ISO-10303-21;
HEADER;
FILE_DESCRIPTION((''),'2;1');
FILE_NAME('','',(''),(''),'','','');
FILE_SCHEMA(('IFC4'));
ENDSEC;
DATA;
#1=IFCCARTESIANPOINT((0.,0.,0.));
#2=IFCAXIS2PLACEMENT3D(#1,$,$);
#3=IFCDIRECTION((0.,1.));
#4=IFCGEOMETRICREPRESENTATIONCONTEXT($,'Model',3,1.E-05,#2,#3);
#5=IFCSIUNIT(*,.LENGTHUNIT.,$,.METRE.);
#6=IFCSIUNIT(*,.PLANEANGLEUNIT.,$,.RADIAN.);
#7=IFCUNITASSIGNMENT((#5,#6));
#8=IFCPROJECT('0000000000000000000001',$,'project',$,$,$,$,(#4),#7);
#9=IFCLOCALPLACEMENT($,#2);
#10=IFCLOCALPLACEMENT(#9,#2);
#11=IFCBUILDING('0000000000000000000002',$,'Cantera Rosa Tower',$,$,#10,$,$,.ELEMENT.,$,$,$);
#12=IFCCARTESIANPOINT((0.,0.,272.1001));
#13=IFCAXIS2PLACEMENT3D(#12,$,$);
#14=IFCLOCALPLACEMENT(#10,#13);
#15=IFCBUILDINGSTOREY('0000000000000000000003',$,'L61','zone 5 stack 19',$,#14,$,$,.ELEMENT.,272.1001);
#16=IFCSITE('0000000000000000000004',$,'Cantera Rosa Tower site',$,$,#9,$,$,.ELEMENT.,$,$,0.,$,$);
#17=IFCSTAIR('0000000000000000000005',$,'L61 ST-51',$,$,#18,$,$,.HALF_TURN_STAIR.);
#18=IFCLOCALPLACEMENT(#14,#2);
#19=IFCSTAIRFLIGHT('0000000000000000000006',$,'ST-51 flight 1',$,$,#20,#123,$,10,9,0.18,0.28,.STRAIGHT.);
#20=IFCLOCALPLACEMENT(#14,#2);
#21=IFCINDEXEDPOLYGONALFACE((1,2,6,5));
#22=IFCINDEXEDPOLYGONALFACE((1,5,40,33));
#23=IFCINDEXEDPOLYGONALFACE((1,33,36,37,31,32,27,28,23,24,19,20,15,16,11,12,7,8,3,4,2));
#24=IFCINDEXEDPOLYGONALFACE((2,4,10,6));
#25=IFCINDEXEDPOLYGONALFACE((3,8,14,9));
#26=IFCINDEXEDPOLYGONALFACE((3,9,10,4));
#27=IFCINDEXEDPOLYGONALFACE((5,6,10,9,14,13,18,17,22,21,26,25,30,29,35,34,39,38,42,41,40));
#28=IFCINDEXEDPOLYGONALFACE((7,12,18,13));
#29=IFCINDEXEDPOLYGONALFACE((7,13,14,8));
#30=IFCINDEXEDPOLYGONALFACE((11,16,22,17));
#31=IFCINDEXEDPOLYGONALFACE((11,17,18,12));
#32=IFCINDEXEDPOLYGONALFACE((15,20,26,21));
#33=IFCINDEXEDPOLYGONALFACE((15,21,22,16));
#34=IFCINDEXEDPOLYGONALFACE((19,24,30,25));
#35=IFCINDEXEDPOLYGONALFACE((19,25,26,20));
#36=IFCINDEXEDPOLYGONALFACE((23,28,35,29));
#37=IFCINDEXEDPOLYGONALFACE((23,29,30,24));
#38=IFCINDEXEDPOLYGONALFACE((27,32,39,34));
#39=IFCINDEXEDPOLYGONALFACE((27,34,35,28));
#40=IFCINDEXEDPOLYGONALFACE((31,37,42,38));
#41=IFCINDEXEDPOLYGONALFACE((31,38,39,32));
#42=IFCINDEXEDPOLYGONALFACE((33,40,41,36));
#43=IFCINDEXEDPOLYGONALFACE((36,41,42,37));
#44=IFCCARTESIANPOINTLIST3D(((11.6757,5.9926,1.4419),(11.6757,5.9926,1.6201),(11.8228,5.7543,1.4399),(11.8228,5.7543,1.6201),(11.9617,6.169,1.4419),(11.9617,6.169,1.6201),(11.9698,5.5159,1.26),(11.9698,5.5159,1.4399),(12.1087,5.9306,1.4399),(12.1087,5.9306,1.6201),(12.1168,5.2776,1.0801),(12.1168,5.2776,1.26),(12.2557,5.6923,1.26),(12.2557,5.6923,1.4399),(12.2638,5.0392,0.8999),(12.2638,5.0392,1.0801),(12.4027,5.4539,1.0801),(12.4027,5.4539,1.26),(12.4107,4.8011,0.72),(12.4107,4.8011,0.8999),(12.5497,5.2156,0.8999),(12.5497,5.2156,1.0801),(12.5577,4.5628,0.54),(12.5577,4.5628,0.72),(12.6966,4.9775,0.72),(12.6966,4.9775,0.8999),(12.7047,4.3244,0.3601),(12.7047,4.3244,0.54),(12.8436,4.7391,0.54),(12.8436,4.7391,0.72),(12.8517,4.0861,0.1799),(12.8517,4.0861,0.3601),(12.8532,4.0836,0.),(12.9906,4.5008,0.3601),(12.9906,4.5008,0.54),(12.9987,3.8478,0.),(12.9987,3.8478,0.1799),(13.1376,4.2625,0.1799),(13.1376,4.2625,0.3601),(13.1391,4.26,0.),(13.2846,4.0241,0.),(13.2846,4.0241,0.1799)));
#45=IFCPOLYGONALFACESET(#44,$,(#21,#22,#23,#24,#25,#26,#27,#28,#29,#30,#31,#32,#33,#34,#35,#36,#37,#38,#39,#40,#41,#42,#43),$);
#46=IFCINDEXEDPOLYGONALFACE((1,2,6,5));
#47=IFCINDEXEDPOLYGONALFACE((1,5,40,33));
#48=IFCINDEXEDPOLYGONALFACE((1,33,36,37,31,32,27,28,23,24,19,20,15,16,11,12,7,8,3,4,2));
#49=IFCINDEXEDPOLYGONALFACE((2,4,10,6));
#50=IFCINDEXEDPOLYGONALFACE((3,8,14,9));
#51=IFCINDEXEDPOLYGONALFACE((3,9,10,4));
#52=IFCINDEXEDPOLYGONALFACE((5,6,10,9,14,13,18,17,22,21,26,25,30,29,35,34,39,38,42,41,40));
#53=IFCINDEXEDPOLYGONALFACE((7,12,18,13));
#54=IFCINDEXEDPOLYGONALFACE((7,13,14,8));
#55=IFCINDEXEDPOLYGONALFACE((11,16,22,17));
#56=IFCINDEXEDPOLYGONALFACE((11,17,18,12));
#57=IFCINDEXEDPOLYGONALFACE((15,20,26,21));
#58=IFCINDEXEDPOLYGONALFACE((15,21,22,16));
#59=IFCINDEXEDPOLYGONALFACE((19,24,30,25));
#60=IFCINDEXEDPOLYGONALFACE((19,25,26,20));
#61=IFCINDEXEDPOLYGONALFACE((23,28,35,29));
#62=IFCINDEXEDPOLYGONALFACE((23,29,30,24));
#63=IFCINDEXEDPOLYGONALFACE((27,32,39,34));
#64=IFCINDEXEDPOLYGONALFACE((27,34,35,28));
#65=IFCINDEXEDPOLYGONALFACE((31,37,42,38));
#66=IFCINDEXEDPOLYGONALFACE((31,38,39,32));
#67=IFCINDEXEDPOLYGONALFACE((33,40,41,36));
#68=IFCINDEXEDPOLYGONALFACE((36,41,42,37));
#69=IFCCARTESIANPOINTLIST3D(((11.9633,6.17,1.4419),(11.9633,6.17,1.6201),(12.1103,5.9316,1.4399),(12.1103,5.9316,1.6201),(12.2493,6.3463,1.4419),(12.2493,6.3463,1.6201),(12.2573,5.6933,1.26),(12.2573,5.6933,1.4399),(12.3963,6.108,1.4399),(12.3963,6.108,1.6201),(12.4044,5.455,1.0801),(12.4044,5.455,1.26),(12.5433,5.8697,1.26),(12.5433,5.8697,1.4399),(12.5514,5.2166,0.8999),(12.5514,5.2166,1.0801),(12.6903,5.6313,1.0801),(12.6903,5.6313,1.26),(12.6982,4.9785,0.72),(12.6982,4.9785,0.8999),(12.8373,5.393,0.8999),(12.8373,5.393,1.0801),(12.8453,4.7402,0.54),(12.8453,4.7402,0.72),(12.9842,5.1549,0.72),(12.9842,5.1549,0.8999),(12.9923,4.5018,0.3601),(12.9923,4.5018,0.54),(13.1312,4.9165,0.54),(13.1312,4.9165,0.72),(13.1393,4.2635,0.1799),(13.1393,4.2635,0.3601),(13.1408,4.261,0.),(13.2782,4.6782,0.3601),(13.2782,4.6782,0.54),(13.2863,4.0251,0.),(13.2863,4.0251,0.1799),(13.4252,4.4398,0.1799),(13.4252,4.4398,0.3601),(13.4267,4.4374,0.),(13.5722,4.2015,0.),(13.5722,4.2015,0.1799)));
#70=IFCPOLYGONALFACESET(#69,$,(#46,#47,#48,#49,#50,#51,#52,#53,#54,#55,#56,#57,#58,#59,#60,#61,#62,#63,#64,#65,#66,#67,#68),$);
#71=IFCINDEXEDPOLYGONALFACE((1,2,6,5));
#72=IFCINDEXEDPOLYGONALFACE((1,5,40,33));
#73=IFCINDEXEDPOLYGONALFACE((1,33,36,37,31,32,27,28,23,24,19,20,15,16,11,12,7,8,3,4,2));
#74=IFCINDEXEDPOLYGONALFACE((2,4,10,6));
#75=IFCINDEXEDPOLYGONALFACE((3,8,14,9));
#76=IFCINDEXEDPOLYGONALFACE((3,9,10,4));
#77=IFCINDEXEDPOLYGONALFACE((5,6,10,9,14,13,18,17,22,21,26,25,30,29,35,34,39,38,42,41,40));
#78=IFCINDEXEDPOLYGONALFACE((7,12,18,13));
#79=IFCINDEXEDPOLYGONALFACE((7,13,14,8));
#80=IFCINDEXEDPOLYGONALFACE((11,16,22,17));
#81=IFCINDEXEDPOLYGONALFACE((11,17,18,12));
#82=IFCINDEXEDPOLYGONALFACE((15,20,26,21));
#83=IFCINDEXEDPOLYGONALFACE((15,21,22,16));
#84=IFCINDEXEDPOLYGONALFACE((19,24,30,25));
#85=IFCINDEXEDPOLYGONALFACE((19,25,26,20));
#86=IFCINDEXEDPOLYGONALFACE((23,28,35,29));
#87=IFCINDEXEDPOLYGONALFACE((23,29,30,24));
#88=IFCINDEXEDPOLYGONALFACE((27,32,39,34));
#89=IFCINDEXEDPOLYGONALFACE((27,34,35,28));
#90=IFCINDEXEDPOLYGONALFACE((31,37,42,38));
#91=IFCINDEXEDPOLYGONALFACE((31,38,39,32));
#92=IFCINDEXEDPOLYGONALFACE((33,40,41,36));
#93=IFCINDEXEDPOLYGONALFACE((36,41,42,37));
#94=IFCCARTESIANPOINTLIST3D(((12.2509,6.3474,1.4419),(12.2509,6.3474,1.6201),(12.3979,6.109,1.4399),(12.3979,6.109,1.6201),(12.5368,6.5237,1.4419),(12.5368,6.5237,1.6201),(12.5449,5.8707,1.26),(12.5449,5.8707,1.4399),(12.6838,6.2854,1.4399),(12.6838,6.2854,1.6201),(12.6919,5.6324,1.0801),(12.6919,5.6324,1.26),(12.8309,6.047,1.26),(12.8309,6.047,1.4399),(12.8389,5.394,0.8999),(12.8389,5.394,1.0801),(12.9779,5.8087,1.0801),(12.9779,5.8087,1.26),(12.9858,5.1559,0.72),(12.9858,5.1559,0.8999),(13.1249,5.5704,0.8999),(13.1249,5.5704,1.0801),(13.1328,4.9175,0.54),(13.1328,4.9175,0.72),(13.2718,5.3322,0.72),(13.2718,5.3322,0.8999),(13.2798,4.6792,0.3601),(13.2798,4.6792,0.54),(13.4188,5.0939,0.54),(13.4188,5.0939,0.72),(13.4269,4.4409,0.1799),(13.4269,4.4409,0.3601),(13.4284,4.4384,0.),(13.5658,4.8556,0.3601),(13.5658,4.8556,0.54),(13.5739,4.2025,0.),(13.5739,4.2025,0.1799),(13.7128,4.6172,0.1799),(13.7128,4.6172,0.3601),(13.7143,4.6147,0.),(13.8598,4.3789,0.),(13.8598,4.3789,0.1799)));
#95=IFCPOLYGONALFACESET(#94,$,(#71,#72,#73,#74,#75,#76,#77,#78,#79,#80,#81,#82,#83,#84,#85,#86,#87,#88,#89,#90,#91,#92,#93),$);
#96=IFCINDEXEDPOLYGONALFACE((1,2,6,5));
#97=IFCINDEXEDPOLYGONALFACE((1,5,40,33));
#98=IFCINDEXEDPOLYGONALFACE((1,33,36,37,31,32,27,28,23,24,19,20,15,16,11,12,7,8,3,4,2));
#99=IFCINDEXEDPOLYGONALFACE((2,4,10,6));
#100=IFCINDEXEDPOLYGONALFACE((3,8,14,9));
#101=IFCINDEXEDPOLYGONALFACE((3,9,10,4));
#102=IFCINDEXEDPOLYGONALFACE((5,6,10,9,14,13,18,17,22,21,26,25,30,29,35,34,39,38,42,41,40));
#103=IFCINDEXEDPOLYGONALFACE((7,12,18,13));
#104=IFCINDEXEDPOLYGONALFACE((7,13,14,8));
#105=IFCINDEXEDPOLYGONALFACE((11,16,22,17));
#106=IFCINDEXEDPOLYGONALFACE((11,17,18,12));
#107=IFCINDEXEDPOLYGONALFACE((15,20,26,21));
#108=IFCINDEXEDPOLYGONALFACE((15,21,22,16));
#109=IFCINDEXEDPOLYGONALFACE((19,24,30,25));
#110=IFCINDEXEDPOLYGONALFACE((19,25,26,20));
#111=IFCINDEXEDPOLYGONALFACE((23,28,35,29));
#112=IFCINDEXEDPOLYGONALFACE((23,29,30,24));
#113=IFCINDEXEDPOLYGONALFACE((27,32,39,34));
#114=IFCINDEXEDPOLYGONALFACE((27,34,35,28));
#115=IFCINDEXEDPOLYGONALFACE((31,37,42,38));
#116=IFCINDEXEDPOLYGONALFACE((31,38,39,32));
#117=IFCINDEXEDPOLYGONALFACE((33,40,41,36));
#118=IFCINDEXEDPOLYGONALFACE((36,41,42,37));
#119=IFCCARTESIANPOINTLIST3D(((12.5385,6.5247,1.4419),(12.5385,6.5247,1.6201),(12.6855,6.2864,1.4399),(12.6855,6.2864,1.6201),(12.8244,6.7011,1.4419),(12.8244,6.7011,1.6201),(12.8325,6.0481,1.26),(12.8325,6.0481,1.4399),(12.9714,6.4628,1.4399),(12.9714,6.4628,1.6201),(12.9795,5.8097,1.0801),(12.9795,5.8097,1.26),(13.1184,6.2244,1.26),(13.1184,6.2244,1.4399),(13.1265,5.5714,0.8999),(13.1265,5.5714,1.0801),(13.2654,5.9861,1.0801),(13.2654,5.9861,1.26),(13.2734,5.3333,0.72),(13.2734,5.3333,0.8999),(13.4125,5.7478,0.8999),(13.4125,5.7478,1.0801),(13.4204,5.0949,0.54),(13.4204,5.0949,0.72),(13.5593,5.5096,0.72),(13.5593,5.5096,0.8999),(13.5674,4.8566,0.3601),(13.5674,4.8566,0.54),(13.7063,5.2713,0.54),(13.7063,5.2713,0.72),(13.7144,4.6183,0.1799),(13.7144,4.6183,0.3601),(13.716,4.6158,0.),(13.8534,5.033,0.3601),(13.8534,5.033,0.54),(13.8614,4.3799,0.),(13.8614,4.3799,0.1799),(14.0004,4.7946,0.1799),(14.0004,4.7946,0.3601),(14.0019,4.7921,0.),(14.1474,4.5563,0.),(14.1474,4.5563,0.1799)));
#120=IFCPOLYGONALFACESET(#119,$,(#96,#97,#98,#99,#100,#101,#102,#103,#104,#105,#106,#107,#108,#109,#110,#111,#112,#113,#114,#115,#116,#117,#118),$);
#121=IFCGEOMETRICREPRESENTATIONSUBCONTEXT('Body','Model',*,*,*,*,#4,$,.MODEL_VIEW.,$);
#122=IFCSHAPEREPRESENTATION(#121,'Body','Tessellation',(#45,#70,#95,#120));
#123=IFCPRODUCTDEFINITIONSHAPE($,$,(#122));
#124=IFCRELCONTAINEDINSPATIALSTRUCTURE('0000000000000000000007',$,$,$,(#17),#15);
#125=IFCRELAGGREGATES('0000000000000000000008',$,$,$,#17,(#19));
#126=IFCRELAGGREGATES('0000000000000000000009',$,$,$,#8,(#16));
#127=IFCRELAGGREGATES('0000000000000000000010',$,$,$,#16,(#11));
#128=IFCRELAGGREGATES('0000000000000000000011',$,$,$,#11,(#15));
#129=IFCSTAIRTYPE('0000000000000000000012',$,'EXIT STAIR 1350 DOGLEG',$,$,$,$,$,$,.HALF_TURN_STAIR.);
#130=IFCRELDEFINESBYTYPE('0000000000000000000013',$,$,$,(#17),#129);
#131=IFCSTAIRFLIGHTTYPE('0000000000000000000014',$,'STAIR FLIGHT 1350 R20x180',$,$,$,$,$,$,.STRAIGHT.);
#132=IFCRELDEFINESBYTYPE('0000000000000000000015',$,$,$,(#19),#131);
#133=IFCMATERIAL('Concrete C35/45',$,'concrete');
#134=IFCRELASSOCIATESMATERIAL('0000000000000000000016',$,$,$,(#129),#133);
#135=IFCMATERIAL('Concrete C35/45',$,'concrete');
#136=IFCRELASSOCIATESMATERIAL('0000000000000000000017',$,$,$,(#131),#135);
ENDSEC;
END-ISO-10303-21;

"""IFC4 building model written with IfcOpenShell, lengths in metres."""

from ifc_helpers import new_model, si_unit, direction, frame, origin, place, context, subcontext, project, spatial, polyline, outline, extrude, material, type_object, element, aggregate, save


model = new_model("IFC4")

# Units and contexts
model_context = context("Model", 3, precision=1e-05, world=origin(), true_north=direction((0.0, 1.0)))
body_context = subcontext(model_context, "Body", "Model", "MODEL_VIEW")
ifc_project = project(units=[si_unit("LENGTHUNIT", "METRE"), si_unit("PLANEANGLEUNIT", "RADIAN")], contexts=[model_context])

# Site, building, storey
site_placement = place(None, origin())
site = spatial("IfcSite", under=ifc_project, at=site_placement, Name="Cantera Rosa Tower site", CompositionType="ELEMENT", RefElevation=0.0)
building_placement = place(site_placement, origin())
building = spatial("IfcBuilding", under=site, at=building_placement, Name="Cantera Rosa Tower", CompositionType="ELEMENT")
storey_placement = place(building_placement, frame((0.0, 0.0, 272.1001)))
storey = spatial("IfcBuildingStorey", under=building, at=storey_placement, Name="L61", Description="zone 5 stack 19", CompositionType="ELEMENT", Elevation=272.1001)

# Shared definitions
ifc_material_1 = material(Name="Concrete C35/45", Category="concrete")
stair_type_1 = type_object("IfcStairType", Name="EXIT STAIR 1350 DOGLEG", PredefinedType="HALF_TURN_STAIR", material=ifc_material_1)

# Stair, stair flight
stair_1_placement = place(storey_placement, origin())
stair_1 = element("IfcStair", 1, at=stair_1_placement, inside=storey, type_object=stair_type_1, Name="L61 ST-51", PredefinedType="HALF_TURN_STAIR")
ifc_material_2 = material(Name="Concrete C35/45", Category="concrete")
stair_flight_type = type_object("IfcStairFlightType", Name="STAIR FLIGHT 1350 R20x180", PredefinedType="STRAIGHT", material=ifc_material_2)
stair_flight_1_placement = place(storey_placement, frame((13.5732, 4.2021, 0.0), z_axis=(0.0, 0.0, 1.0), x_axis=(-0.524977, 0.851117, 0.0)))
stair_flight_1 = element("IfcStairFlight", 2, at=stair_flight_1_placement, type_object=stair_flight_type, Name="ST-51 flight 1", NumberOfRisers=10, NumberOfTreads=9, PredefinedType="STRAIGHT", RiserHeight=0.18, TreadLength=0.28, context=body_context, shape_type="SweptSolid", body=[
    extrude(outline(polyline([(0.0, 0.0), (0.0, 0.1799), (0.28, 0.1799), (0.28, 0.3601), (0.5601, 0.3601), (0.5601, 0.54), (0.8401, 0.54), (0.8401, 0.72), (1.1201, 0.72), (1.1201, 0.8999), (1.3999, 0.8999), (1.3999, 1.0801), (1.6799, 1.0801), (1.6799, 1.26), (1.96, 1.26), (1.96, 1.4399), (2.24, 1.4399), (2.24, 1.6201), (2.52, 1.6201), (2.52, 1.8), (2.52, 1.4419), (0.2771, 0.0), (0.0, 0.0)])), frame((0.0, 0.675, 0.0), z_axis=(0.0, -1.0, 0.0), x_axis=(1.0, 0.0, 0.0)), (0.0, 0.0, 1.0), 0.3359),
    extrude(outline(polyline([(0.0, 0.0), (0.0, 0.1799), (0.28, 0.1799), (0.28, 0.3601), (0.5601, 0.3601), (0.5601, 0.54), (0.8401, 0.54), (0.8401, 0.72), (1.1201, 0.72), (1.1201, 0.8999), (1.3999, 0.8999), (1.3999, 1.0801), (1.6799, 1.0801), (1.6799, 1.26), (1.96, 1.26), (1.96, 1.4399), (2.24, 1.4399), (2.24, 1.6201), (2.52, 1.6201), (2.52, 1.8), (2.52, 1.4419), (0.2771, 0.0), (0.0, 0.0)])), frame((0.0, 0.3372, 0.0), z_axis=(0.0, -1.0, 0.0), x_axis=(1.0, 0.0, 0.0)), (0.0, 0.0, 1.0), 0.3359),
    extrude(outline(polyline([(0.0, 0.0), (0.0, 0.1799), (0.28, 0.1799), (0.28, 0.3601), (0.5601, 0.3601), (0.5601, 0.54), (0.8401, 0.54), (0.8401, 0.72), (1.1201, 0.72), (1.1201, 0.8999), (1.3999, 0.8999), (1.3999, 1.0801), (1.6799, 1.0801), (1.6799, 1.26), (1.96, 1.26), (1.96, 1.4399), (2.24, 1.4399), (2.24, 1.6201), (2.52, 1.6201), (2.52, 1.8), (2.52, 1.4419), (0.2771, 0.0), (0.0, 0.0)])), frame((0.0, -0.0007, 0.0), z_axis=(0.0, -1.0, 0.0), x_axis=(1.0, 0.0, 0.0)), (0.0, 0.0, 1.0), 0.3359),
    extrude(outline(polyline([(0.0, 0.0), (0.0, 0.1799), (0.28, 0.1799), (0.28, 0.3601), (0.5601, 0.3601), (0.5601, 0.54), (0.8401, 0.54), (0.8401, 0.72), (1.1201, 0.72), (1.1201, 0.8999), (1.3999, 0.8999), (1.3999, 1.0801), (1.6799, 1.0801), (1.6799, 1.26), (1.96, 1.26), (1.96, 1.4399), (2.24, 1.4399), (2.24, 1.6201), (2.52, 1.6201), (2.52, 1.8), (2.52, 1.4419), (0.2771, 0.0), (0.0, 0.0)])), frame((0.0, -0.3386, 0.0), z_axis=(0.0, -1.0, 0.0), x_axis=(1.0, 0.0, 0.0)), (0.0, 0.0, 1.0), 0.3359),
])
aggregate(stair_1, [stair_flight_1])

save(model, "model.ifc")
